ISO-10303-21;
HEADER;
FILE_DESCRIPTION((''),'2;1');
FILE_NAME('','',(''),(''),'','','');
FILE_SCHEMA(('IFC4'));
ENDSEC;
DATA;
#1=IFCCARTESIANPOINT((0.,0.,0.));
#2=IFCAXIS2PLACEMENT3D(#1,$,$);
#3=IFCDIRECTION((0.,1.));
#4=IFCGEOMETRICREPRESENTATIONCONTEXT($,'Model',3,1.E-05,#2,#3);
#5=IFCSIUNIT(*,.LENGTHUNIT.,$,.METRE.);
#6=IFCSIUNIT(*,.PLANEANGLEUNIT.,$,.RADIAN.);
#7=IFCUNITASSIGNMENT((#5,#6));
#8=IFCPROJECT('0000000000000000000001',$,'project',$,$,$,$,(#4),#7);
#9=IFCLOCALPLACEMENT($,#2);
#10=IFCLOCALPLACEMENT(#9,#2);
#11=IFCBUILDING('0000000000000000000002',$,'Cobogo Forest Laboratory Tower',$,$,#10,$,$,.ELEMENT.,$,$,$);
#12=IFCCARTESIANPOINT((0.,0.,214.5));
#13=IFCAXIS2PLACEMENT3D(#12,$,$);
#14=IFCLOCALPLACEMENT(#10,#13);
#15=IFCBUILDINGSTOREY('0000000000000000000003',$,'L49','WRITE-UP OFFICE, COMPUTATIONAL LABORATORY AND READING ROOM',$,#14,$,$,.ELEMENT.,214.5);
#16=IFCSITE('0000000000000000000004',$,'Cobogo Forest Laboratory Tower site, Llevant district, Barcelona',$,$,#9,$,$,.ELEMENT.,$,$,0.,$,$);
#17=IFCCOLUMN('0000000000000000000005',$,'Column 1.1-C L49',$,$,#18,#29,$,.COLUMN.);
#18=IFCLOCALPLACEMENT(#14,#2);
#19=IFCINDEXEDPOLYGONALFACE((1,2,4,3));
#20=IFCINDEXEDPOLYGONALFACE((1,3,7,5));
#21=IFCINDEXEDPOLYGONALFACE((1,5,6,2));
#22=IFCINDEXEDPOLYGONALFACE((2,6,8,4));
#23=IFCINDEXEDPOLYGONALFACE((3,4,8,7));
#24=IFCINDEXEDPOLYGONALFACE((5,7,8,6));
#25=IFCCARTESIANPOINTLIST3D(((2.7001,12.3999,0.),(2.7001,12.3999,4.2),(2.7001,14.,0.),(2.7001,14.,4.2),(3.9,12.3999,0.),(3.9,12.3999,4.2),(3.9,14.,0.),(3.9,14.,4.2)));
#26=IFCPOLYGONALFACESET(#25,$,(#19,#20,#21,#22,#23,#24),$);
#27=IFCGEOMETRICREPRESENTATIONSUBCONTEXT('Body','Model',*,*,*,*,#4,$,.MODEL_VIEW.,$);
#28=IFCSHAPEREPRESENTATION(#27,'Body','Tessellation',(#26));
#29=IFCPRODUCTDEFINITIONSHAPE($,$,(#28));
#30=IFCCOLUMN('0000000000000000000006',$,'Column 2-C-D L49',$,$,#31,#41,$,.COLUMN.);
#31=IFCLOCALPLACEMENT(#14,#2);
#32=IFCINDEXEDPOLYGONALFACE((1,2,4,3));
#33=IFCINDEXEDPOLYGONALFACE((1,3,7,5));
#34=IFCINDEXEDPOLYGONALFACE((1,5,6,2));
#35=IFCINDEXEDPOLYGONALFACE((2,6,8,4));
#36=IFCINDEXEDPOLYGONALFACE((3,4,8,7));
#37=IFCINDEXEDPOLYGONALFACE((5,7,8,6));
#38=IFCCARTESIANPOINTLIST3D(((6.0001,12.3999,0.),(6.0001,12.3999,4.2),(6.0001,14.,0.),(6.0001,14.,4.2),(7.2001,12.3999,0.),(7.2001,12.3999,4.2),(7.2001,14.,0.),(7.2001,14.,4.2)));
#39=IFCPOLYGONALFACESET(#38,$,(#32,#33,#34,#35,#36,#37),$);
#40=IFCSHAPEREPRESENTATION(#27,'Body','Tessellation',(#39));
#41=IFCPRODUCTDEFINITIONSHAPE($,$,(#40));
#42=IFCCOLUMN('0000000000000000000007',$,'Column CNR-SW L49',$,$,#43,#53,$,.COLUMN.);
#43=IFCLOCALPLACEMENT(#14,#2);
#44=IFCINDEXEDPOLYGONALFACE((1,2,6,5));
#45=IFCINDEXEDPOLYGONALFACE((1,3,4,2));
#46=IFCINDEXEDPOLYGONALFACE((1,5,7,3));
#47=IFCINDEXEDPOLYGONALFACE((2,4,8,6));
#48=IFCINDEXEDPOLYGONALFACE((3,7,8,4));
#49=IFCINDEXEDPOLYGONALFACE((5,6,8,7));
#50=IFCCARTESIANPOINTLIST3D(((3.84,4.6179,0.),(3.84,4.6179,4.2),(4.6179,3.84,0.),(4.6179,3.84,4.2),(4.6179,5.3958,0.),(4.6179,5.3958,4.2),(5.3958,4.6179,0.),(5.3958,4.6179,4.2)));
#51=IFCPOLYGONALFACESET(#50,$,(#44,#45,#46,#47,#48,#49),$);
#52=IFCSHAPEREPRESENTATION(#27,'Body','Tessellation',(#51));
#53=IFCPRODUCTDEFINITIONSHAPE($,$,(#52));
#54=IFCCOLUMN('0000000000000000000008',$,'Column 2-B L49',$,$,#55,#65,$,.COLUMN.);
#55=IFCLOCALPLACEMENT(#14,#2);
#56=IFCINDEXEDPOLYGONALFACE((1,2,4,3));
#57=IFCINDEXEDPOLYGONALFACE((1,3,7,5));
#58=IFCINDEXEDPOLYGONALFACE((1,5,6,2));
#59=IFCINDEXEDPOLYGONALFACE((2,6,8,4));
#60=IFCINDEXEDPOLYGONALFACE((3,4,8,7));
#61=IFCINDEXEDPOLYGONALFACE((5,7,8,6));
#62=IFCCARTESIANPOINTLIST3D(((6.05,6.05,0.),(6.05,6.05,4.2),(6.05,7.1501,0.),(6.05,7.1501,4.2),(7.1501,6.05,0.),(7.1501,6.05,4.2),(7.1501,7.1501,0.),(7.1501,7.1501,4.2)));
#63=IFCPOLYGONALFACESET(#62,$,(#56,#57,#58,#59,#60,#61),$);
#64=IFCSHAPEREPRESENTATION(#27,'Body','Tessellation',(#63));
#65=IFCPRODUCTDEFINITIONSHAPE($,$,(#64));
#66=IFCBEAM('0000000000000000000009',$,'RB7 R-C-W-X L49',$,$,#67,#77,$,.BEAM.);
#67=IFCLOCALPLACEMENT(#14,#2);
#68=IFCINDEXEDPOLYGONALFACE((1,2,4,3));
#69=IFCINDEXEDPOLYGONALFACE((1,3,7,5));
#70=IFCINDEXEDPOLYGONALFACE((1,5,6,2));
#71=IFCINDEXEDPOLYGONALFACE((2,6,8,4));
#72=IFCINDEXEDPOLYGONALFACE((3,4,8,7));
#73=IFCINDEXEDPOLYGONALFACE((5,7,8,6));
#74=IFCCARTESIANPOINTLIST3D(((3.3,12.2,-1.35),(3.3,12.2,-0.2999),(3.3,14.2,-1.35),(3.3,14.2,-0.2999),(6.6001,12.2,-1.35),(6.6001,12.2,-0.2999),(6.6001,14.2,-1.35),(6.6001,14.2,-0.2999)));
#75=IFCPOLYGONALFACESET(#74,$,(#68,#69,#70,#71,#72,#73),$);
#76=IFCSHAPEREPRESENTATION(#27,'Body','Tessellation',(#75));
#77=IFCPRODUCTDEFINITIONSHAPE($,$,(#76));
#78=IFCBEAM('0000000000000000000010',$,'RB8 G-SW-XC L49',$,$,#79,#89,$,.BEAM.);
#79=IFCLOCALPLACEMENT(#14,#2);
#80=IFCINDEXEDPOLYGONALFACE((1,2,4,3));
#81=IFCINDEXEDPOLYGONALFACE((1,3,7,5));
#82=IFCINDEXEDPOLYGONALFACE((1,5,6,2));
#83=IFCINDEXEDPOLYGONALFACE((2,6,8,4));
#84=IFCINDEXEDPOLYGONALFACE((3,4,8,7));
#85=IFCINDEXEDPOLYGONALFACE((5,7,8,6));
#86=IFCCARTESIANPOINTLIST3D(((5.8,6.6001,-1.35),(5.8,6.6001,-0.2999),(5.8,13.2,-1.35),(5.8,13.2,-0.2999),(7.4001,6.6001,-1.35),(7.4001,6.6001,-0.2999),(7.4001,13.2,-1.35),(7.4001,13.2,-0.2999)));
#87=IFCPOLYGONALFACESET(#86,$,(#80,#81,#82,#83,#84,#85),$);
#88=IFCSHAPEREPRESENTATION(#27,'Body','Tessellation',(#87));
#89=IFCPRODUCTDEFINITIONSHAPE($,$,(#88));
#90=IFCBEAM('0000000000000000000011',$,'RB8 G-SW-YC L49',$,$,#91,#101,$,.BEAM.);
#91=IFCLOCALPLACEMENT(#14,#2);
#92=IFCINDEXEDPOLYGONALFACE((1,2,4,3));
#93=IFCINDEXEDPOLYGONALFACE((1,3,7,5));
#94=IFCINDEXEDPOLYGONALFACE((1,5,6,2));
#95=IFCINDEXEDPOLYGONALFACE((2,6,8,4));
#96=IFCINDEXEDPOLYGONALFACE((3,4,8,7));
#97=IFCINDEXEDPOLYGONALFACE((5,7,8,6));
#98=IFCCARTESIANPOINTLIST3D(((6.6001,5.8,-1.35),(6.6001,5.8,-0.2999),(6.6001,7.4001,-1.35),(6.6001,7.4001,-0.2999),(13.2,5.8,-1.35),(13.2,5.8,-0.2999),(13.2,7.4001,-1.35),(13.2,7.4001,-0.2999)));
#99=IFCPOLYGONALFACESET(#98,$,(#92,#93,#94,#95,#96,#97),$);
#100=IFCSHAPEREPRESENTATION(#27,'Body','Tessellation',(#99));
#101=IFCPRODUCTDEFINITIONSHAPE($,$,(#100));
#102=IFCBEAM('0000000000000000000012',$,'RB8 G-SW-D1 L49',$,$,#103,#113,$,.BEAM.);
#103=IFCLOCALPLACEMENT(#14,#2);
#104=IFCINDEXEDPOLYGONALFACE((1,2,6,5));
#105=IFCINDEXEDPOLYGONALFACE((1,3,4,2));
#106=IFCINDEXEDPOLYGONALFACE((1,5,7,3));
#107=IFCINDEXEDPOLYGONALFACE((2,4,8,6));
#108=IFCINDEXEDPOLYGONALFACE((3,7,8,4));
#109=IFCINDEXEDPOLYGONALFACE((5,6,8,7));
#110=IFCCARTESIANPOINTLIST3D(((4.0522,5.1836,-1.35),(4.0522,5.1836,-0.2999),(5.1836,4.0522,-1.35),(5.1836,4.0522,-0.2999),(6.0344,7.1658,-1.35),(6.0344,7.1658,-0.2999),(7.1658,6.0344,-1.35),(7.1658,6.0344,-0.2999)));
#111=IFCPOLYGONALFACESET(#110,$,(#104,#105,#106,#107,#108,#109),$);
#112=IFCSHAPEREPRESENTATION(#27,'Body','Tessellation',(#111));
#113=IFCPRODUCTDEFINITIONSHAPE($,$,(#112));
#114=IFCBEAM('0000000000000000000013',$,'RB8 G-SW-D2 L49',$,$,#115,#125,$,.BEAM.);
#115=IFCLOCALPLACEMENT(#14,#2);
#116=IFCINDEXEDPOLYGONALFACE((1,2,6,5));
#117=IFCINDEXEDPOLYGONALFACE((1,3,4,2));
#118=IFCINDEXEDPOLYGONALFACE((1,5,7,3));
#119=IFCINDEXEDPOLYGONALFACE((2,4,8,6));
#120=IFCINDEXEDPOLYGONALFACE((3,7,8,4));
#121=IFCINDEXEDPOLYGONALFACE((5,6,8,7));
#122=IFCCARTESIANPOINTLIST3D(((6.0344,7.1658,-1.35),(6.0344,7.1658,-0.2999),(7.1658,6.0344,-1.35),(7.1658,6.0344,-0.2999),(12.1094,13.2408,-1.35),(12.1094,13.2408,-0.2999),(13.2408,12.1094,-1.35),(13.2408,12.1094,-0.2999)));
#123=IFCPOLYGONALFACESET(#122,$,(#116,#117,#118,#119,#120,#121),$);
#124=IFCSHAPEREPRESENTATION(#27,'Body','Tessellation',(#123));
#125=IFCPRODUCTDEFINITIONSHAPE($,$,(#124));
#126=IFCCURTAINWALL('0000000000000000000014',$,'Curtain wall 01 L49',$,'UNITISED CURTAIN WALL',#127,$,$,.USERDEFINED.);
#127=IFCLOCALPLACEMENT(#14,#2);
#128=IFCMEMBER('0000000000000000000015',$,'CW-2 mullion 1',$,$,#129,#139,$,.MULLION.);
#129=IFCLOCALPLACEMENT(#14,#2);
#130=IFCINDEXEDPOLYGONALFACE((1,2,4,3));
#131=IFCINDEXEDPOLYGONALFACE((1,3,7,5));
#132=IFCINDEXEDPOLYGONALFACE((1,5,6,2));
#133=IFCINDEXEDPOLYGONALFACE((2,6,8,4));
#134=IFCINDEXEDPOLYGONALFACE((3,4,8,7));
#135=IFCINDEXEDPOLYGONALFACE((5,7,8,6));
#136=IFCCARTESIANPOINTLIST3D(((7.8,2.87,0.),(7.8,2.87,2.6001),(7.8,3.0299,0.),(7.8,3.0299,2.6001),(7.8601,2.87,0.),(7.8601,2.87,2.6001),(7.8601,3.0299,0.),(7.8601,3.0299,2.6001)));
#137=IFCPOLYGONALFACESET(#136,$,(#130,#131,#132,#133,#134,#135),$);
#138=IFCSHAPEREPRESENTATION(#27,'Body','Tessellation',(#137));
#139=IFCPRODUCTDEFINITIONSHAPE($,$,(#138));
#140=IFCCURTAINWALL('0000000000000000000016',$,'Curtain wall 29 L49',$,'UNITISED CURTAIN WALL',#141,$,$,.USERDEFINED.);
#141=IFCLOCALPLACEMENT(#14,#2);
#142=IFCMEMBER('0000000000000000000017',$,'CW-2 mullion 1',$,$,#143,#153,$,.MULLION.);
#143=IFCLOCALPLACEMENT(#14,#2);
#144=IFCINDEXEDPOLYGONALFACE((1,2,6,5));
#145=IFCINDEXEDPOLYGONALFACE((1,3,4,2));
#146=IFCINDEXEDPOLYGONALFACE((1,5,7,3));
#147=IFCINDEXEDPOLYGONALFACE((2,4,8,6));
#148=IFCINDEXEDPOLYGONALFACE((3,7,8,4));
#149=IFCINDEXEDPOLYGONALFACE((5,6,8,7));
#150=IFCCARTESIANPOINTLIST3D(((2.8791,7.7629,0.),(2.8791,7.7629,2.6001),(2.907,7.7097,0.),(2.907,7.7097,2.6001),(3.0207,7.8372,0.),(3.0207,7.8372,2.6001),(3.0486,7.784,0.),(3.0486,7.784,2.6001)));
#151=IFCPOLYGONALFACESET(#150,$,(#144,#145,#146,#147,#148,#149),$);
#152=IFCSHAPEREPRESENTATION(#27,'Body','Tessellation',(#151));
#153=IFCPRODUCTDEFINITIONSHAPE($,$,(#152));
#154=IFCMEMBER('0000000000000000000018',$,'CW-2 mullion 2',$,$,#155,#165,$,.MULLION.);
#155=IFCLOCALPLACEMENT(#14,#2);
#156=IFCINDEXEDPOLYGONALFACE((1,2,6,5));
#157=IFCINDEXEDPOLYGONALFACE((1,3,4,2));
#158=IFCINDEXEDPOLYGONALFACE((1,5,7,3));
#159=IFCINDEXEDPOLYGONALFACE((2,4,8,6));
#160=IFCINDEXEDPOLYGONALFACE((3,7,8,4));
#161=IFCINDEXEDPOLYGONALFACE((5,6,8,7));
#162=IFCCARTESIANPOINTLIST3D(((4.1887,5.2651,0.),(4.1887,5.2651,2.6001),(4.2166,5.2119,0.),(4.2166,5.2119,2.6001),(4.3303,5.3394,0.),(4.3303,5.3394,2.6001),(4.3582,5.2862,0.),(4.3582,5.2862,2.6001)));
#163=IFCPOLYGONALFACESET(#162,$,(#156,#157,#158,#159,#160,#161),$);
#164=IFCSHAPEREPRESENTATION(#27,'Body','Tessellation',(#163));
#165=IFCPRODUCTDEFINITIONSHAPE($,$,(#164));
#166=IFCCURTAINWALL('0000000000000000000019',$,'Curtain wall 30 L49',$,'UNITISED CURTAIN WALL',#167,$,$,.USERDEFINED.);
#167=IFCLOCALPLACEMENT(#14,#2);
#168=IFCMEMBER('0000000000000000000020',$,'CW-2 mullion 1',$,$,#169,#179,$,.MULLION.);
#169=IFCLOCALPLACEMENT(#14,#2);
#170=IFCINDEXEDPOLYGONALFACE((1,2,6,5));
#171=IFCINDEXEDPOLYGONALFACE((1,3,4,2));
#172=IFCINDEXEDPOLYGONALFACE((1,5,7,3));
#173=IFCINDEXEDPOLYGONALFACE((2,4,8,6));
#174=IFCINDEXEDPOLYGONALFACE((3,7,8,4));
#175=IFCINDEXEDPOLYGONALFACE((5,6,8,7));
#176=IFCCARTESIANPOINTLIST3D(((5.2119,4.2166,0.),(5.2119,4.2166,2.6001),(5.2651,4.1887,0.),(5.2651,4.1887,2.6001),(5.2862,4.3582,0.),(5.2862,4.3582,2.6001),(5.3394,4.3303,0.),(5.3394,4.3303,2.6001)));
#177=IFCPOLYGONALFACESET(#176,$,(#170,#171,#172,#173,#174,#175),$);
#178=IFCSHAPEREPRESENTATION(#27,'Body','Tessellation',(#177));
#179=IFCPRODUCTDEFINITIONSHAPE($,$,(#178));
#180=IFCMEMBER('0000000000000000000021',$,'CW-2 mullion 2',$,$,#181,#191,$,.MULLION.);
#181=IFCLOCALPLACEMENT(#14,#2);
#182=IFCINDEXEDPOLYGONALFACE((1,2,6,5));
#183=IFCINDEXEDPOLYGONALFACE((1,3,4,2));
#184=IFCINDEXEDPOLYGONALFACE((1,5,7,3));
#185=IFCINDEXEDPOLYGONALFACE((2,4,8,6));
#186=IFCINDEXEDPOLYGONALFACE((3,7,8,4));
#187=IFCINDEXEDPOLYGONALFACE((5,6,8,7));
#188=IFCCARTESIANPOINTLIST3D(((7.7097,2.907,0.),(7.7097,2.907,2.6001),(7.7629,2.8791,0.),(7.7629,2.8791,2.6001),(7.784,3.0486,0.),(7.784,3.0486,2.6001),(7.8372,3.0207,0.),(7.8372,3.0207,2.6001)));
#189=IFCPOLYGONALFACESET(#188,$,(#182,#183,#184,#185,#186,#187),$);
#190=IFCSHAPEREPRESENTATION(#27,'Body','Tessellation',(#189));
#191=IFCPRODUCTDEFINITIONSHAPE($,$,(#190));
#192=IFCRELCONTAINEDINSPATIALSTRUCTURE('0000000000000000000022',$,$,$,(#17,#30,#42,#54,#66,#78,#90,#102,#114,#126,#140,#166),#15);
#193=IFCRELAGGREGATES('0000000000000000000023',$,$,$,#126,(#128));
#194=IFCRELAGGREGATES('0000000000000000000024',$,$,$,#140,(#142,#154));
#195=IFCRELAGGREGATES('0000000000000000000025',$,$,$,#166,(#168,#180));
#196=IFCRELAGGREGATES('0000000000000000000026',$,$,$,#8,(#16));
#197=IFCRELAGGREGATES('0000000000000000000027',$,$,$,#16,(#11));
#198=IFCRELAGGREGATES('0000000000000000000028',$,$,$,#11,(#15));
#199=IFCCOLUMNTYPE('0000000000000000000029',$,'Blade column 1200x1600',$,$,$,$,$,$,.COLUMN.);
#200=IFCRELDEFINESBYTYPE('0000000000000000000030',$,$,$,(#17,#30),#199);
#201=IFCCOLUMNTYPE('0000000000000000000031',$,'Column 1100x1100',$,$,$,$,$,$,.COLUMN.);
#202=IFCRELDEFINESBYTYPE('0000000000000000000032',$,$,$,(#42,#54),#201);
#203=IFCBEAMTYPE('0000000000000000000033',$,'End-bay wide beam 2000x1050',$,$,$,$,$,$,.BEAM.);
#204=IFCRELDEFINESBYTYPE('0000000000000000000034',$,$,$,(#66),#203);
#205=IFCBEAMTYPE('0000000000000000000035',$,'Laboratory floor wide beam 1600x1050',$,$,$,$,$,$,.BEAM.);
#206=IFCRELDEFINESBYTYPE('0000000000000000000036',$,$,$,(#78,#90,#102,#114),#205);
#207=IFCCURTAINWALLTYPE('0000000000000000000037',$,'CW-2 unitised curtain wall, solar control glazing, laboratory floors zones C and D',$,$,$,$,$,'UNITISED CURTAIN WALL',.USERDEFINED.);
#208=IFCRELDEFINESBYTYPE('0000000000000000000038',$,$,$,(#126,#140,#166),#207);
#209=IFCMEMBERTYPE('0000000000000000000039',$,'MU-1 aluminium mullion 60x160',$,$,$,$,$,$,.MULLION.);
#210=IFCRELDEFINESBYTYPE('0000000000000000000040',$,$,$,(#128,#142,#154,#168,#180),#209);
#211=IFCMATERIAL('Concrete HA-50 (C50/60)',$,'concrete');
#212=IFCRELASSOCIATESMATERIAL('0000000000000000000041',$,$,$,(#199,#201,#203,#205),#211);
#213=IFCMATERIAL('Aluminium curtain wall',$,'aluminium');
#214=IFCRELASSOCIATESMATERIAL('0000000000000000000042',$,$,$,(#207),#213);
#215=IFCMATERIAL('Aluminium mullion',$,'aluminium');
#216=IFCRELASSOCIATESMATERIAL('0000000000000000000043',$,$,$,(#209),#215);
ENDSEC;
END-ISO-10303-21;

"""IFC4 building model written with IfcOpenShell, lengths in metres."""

from ifc_helpers import new_model, si_unit, direction, frame, origin, origin_2d, place, context, subcontext, project, spatial, rectangle, extrude, material, material_profile, profile_set, type_object, element, aggregate, save


model = new_model("IFC4")

# Units and contexts
model_context = context("Model", 3, precision=1e-05, world=origin(), true_north=direction((0.0, 1.0)))
body_context = subcontext(model_context, "Body", "Model", "MODEL_VIEW")
ifc_project = project(units=[si_unit("LENGTHUNIT", "METRE"), si_unit("PLANEANGLEUNIT", "RADIAN")], contexts=[model_context])

# Site, building, storey
site_placement = place(None, origin())
site = spatial("IfcSite", under=ifc_project, at=site_placement, Name="Cobogo Forest Laboratory Tower site, Llevant district, Barcelona", CompositionType="ELEMENT", RefElevation=0.0)
building_placement = place(site_placement, origin())
building = spatial("IfcBuilding", under=site, at=building_placement, Name="Cobogo Forest Laboratory Tower", CompositionType="ELEMENT")
storey_placement = place(building_placement, frame((0.0, 0.0, 214.5)))
storey = spatial("IfcBuildingStorey", under=building, at=storey_placement, Name="L49", Description="WRITE-UP OFFICE, COMPUTATIONAL LABORATORY AND READING ROOM", CompositionType="ELEMENT", Elevation=214.5)

# Columns
ifc_material_1 = material(Name="Concrete HA-50 (C50/60)", Category="concrete")
ifc_material_profile_1 = material_profile(ifc_material_1, rectangle(XDim=1.6001, YDim=1.2, at=origin_2d()), Name="RC 1200x1600")
ifc_profile_set_1 = profile_set([ifc_material_profile_1], Name="Concrete HA-50 (C50/60)")
column_type_1 = type_object("IfcColumnType", Name="Blade column 1200x1600", PredefinedType="COLUMN", material=ifc_profile_set_1)
for number, where, z_axis, x_axis, name in (
    (1, (3.3, 13.2, 0.0), (0.0, 0.0, 1.0), (0.0, 1.0, 0.0), "Column 1.1-C L49"),
    (2, (6.6001, 13.2, 0.0), (0.0, 0.0, 1.0), (0.0, 1.0, 0.0), "Column 2-C-D L49"),
):
    element("IfcColumn", number, at=place(storey_placement, frame(where, z_axis=z_axis, x_axis=x_axis)), inside=storey, type_object=column_type_1, Name=name, PredefinedType="COLUMN", context=body_context, shape_type="SweptSolid", body=[
        extrude(rectangle(XDim=1.6001, YDim=1.2, at=origin_2d()), origin(), (0.0, 0.0, 1.0), 4.2),
    ])
ifc_material_profile_2 = material_profile(ifc_material_1, rectangle(XDim=1.1001, YDim=1.1001, at=origin_2d()), Name="RC 1100x1100")
ifc_profile_set_2 = profile_set([ifc_material_profile_2], Name="Concrete HA-50 (C50/60)")
column_type_2 = type_object("IfcColumnType", Name="Column 1100x1100", PredefinedType="COLUMN", material=ifc_profile_set_2)
for number, where, z_axis, x_axis, name in (
    (3, (4.6179, 4.6179, 0.0), (0.0, 0.0, 1.0), (0.707107, 0.707107, 0.0), "Column CNR-SW L49"),
    (4, (6.6001, 6.6001, 0.0), (0.0, 0.0, 1.0), (1.0, 0.0, 0.0), "Column 2-B L49"),
):
    element("IfcColumn", number, at=place(storey_placement, frame(where, z_axis=z_axis, x_axis=x_axis)), inside=storey, type_object=column_type_2, Name=name, PredefinedType="COLUMN", context=body_context, shape_type="SweptSolid", body=[
        extrude(rectangle(XDim=1.1001, YDim=1.1001, at=origin_2d()), origin(), (0.0, 0.0, 1.0), 4.2),
    ])

# Beams
ifc_material_profile_3 = material_profile(ifc_material_1, rectangle(XDim=2.0, YDim=1.05, at=origin_2d()), Name="RC 2000x1050")
ifc_profile_set_3 = profile_set([ifc_material_profile_3], Name="Concrete HA-50 (C50/60)")
beam_type_1 = type_object("IfcBeamType", Name="End-bay wide beam 2000x1050", PredefinedType="BEAM", material=ifc_profile_set_3)
beam_1_placement = place(storey_placement, frame((3.3, 13.2, -0.825), z_axis=(1.0, 0.0, 0.0), x_axis=(0.0, 1.0, 0.0)))
element("IfcBeam", 5, at=beam_1_placement, inside=storey, type_object=beam_type_1, Name="RB7 R-C-W-X L49", PredefinedType="BEAM", context=body_context, shape_type="SweptSolid", body=[
    extrude(rectangle(XDim=2.0, YDim=1.05, at=origin_2d()), origin(), (0.0, 0.0, 1.0), 3.3),
])
ifc_material_profile_4 = material_profile(ifc_material_1, rectangle(XDim=1.6001, YDim=1.05, at=origin_2d()), Name="RC 1600x1050")
ifc_profile_set_4 = profile_set([ifc_material_profile_4], Name="Concrete HA-50 (C50/60)")
beam_type_2 = type_object("IfcBeamType", Name="Laboratory floor wide beam 1600x1050", PredefinedType="BEAM", material=ifc_profile_set_4)
for number, where, z_axis, x_axis, name in (
    (6, (6.6001, 6.6001, -0.825), (0.0, 1.0, 0.0), (-1.0, 0.0, 0.0), "RB8 G-SW-XC L49"),
    (7, (6.6001, 6.6001, -0.825), (1.0, 0.0, 0.0), (0.0, 1.0, 0.0), "RB8 G-SW-YC L49"),
):
    element("IfcBeam", number, at=place(storey_placement, frame(where, z_axis=z_axis, x_axis=x_axis)), inside=storey, type_object=beam_type_2, Name=name, PredefinedType="BEAM", context=body_context, shape_type="SweptSolid", body=[
        extrude(rectangle(XDim=1.6001, YDim=1.05, at=origin_2d()), origin(), (0.0, 0.0, 1.0), 6.5999),
    ])
beam_2_placement = place(storey_placement, frame((4.6179, 4.6179, -0.825), z_axis=(0.707107, 0.707107, 0.0), x_axis=(-0.707107, 0.707107, 0.0)))
element("IfcBeam", 8, at=beam_2_placement, inside=storey, type_object=beam_type_2, Name="RB8 G-SW-D1 L49", PredefinedType="BEAM", context=body_context, shape_type="SweptSolid", body=[
    extrude(rectangle(XDim=1.6001, YDim=1.05, at=origin_2d()), origin(), (0.0, 0.0, 1.0), 2.8032),
])
beam_3_placement = place(storey_placement, frame((6.6001, 6.6001, -0.825), z_axis=(0.707107, 0.707107, 0.0), x_axis=(-0.707107, 0.707107, 0.0)))
element("IfcBeam", 9, at=beam_3_placement, inside=storey, type_object=beam_type_2, Name="RB8 G-SW-D2 L49", PredefinedType="BEAM", context=body_context, shape_type="SweptSolid", body=[
    extrude(rectangle(XDim=1.6001, YDim=1.05, at=origin_2d()), origin(), (0.0, 0.0, 1.0), 8.5913),
])

# Curtain wall, member
ifc_material_2 = material(Name="Aluminium curtain wall", Category="aluminium")
curtain_wall_type = type_object("IfcCurtainWallType", Name="CW-2 unitised curtain wall, solar control glazing, laboratory floors zones C and D", ElementType="UNITISED CURTAIN WALL", PredefinedType="USERDEFINED", material=ifc_material_2)
curtain_wall_1_placement = place(storey_placement, origin())
curtain_wall_1 = element("IfcCurtainWall", 10, at=curtain_wall_1_placement, inside=storey, type_object=curtain_wall_type, Name="Curtain wall 01 L49", ObjectType="UNITISED CURTAIN WALL", PredefinedType="USERDEFINED")
ifc_material_3 = material(Name="Aluminium mullion", Category="aluminium")
ifc_material_profile_5 = material_profile(ifc_material_3, rectangle(XDim=0.0601, YDim=0.1599, at=origin_2d()), Name="AL 60x160")
ifc_profile_set_5 = profile_set([ifc_material_profile_5], Name="Aluminium mullion")
member_type_1 = type_object("IfcMemberType", Name="MU-1 aluminium mullion 60x160", PredefinedType="MULLION", material=ifc_profile_set_5)
member_1_placement = place(storey_placement, frame((7.8301, 2.95, 0.0), z_axis=(0.0, 0.0, 1.0), x_axis=(1.0, 0.0, 0.0)))
member_1 = element("IfcMember", 11, at=member_1_placement, type_object=member_type_1, Name="CW-2 mullion 1", PredefinedType="MULLION", context=body_context, shape_type="SweptSolid", body=[
    extrude(rectangle(XDim=0.0601, YDim=0.1599, at=origin_2d()), origin(), (0.0, 0.0, 1.0), 2.6001),
])

# Curtain walls, members
curtain_wall_2_placement = place(storey_placement, origin())
curtain_wall_2 = element("IfcCurtainWall", 12, at=curtain_wall_2_placement, inside=storey, type_object=curtain_wall_type, Name="Curtain wall 29 L49", ObjectType="UNITISED CURTAIN WALL", PredefinedType="USERDEFINED")
member_2_placement = place(storey_placement, frame((2.9639, 7.7734, 0.0), z_axis=(0.0, 0.0, 1.0), x_axis=(0.464284, -0.885686, 0.0)))
member_2 = element("IfcMember", 13, at=member_2_placement, type_object=member_type_1, Name="CW-2 mullion 1", PredefinedType="MULLION", context=body_context, shape_type="SweptSolid", body=[
    extrude(rectangle(XDim=0.0601, YDim=0.1599, at=origin_2d()), origin(), (0.0, 0.0, 1.0), 2.6001),
])
member_3_placement = place(storey_placement, frame((4.2734, 5.2756, 0.0), z_axis=(0.0, 0.0, 1.0), x_axis=(0.464284, -0.885686, 0.0)))
member_3 = element("IfcMember", 14, at=member_3_placement, type_object=member_type_1, Name="CW-2 mullion 2", PredefinedType="MULLION", context=body_context, shape_type="SweptSolid", body=[
    extrude(rectangle(XDim=0.0601, YDim=0.1599, at=origin_2d()), origin(), (0.0, 0.0, 1.0), 2.6001),
])
curtain_wall_3_placement = place(storey_placement, origin())
curtain_wall_3 = element("IfcCurtainWall", 15, at=curtain_wall_3_placement, inside=storey, type_object=curtain_wall_type, Name="Curtain wall 30 L49", ObjectType="UNITISED CURTAIN WALL", PredefinedType="USERDEFINED")
member_4_placement = place(storey_placement, frame((5.2756, 4.2734, 0.0), z_axis=(0.0, 0.0, 1.0), x_axis=(0.885686, -0.464284, 0.0)))
member_4 = element("IfcMember", 16, at=member_4_placement, type_object=member_type_1, Name="CW-2 mullion 1", PredefinedType="MULLION", context=body_context, shape_type="SweptSolid", body=[
    extrude(rectangle(XDim=0.0601, YDim=0.1599, at=origin_2d()), origin(), (0.0, 0.0, 1.0), 2.6001),
])
member_5_placement = place(storey_placement, frame((7.7734, 2.9639, 0.0), z_axis=(0.0, 0.0, 1.0), x_axis=(0.885686, -0.464284, 0.0)))
member_5 = element("IfcMember", 17, at=member_5_placement, type_object=member_type_1, Name="CW-2 mullion 2", PredefinedType="MULLION", context=body_context, shape_type="SweptSolid", body=[
    extrude(rectangle(XDim=0.0601, YDim=0.1599, at=origin_2d()), origin(), (0.0, 0.0, 1.0), 2.6001),
])

aggregate(curtain_wall_1, [member_1])

aggregate(curtain_wall_2, [member_2, member_3])
aggregate(curtain_wall_3, [member_4, member_5])

save(model, "model.ifc")
